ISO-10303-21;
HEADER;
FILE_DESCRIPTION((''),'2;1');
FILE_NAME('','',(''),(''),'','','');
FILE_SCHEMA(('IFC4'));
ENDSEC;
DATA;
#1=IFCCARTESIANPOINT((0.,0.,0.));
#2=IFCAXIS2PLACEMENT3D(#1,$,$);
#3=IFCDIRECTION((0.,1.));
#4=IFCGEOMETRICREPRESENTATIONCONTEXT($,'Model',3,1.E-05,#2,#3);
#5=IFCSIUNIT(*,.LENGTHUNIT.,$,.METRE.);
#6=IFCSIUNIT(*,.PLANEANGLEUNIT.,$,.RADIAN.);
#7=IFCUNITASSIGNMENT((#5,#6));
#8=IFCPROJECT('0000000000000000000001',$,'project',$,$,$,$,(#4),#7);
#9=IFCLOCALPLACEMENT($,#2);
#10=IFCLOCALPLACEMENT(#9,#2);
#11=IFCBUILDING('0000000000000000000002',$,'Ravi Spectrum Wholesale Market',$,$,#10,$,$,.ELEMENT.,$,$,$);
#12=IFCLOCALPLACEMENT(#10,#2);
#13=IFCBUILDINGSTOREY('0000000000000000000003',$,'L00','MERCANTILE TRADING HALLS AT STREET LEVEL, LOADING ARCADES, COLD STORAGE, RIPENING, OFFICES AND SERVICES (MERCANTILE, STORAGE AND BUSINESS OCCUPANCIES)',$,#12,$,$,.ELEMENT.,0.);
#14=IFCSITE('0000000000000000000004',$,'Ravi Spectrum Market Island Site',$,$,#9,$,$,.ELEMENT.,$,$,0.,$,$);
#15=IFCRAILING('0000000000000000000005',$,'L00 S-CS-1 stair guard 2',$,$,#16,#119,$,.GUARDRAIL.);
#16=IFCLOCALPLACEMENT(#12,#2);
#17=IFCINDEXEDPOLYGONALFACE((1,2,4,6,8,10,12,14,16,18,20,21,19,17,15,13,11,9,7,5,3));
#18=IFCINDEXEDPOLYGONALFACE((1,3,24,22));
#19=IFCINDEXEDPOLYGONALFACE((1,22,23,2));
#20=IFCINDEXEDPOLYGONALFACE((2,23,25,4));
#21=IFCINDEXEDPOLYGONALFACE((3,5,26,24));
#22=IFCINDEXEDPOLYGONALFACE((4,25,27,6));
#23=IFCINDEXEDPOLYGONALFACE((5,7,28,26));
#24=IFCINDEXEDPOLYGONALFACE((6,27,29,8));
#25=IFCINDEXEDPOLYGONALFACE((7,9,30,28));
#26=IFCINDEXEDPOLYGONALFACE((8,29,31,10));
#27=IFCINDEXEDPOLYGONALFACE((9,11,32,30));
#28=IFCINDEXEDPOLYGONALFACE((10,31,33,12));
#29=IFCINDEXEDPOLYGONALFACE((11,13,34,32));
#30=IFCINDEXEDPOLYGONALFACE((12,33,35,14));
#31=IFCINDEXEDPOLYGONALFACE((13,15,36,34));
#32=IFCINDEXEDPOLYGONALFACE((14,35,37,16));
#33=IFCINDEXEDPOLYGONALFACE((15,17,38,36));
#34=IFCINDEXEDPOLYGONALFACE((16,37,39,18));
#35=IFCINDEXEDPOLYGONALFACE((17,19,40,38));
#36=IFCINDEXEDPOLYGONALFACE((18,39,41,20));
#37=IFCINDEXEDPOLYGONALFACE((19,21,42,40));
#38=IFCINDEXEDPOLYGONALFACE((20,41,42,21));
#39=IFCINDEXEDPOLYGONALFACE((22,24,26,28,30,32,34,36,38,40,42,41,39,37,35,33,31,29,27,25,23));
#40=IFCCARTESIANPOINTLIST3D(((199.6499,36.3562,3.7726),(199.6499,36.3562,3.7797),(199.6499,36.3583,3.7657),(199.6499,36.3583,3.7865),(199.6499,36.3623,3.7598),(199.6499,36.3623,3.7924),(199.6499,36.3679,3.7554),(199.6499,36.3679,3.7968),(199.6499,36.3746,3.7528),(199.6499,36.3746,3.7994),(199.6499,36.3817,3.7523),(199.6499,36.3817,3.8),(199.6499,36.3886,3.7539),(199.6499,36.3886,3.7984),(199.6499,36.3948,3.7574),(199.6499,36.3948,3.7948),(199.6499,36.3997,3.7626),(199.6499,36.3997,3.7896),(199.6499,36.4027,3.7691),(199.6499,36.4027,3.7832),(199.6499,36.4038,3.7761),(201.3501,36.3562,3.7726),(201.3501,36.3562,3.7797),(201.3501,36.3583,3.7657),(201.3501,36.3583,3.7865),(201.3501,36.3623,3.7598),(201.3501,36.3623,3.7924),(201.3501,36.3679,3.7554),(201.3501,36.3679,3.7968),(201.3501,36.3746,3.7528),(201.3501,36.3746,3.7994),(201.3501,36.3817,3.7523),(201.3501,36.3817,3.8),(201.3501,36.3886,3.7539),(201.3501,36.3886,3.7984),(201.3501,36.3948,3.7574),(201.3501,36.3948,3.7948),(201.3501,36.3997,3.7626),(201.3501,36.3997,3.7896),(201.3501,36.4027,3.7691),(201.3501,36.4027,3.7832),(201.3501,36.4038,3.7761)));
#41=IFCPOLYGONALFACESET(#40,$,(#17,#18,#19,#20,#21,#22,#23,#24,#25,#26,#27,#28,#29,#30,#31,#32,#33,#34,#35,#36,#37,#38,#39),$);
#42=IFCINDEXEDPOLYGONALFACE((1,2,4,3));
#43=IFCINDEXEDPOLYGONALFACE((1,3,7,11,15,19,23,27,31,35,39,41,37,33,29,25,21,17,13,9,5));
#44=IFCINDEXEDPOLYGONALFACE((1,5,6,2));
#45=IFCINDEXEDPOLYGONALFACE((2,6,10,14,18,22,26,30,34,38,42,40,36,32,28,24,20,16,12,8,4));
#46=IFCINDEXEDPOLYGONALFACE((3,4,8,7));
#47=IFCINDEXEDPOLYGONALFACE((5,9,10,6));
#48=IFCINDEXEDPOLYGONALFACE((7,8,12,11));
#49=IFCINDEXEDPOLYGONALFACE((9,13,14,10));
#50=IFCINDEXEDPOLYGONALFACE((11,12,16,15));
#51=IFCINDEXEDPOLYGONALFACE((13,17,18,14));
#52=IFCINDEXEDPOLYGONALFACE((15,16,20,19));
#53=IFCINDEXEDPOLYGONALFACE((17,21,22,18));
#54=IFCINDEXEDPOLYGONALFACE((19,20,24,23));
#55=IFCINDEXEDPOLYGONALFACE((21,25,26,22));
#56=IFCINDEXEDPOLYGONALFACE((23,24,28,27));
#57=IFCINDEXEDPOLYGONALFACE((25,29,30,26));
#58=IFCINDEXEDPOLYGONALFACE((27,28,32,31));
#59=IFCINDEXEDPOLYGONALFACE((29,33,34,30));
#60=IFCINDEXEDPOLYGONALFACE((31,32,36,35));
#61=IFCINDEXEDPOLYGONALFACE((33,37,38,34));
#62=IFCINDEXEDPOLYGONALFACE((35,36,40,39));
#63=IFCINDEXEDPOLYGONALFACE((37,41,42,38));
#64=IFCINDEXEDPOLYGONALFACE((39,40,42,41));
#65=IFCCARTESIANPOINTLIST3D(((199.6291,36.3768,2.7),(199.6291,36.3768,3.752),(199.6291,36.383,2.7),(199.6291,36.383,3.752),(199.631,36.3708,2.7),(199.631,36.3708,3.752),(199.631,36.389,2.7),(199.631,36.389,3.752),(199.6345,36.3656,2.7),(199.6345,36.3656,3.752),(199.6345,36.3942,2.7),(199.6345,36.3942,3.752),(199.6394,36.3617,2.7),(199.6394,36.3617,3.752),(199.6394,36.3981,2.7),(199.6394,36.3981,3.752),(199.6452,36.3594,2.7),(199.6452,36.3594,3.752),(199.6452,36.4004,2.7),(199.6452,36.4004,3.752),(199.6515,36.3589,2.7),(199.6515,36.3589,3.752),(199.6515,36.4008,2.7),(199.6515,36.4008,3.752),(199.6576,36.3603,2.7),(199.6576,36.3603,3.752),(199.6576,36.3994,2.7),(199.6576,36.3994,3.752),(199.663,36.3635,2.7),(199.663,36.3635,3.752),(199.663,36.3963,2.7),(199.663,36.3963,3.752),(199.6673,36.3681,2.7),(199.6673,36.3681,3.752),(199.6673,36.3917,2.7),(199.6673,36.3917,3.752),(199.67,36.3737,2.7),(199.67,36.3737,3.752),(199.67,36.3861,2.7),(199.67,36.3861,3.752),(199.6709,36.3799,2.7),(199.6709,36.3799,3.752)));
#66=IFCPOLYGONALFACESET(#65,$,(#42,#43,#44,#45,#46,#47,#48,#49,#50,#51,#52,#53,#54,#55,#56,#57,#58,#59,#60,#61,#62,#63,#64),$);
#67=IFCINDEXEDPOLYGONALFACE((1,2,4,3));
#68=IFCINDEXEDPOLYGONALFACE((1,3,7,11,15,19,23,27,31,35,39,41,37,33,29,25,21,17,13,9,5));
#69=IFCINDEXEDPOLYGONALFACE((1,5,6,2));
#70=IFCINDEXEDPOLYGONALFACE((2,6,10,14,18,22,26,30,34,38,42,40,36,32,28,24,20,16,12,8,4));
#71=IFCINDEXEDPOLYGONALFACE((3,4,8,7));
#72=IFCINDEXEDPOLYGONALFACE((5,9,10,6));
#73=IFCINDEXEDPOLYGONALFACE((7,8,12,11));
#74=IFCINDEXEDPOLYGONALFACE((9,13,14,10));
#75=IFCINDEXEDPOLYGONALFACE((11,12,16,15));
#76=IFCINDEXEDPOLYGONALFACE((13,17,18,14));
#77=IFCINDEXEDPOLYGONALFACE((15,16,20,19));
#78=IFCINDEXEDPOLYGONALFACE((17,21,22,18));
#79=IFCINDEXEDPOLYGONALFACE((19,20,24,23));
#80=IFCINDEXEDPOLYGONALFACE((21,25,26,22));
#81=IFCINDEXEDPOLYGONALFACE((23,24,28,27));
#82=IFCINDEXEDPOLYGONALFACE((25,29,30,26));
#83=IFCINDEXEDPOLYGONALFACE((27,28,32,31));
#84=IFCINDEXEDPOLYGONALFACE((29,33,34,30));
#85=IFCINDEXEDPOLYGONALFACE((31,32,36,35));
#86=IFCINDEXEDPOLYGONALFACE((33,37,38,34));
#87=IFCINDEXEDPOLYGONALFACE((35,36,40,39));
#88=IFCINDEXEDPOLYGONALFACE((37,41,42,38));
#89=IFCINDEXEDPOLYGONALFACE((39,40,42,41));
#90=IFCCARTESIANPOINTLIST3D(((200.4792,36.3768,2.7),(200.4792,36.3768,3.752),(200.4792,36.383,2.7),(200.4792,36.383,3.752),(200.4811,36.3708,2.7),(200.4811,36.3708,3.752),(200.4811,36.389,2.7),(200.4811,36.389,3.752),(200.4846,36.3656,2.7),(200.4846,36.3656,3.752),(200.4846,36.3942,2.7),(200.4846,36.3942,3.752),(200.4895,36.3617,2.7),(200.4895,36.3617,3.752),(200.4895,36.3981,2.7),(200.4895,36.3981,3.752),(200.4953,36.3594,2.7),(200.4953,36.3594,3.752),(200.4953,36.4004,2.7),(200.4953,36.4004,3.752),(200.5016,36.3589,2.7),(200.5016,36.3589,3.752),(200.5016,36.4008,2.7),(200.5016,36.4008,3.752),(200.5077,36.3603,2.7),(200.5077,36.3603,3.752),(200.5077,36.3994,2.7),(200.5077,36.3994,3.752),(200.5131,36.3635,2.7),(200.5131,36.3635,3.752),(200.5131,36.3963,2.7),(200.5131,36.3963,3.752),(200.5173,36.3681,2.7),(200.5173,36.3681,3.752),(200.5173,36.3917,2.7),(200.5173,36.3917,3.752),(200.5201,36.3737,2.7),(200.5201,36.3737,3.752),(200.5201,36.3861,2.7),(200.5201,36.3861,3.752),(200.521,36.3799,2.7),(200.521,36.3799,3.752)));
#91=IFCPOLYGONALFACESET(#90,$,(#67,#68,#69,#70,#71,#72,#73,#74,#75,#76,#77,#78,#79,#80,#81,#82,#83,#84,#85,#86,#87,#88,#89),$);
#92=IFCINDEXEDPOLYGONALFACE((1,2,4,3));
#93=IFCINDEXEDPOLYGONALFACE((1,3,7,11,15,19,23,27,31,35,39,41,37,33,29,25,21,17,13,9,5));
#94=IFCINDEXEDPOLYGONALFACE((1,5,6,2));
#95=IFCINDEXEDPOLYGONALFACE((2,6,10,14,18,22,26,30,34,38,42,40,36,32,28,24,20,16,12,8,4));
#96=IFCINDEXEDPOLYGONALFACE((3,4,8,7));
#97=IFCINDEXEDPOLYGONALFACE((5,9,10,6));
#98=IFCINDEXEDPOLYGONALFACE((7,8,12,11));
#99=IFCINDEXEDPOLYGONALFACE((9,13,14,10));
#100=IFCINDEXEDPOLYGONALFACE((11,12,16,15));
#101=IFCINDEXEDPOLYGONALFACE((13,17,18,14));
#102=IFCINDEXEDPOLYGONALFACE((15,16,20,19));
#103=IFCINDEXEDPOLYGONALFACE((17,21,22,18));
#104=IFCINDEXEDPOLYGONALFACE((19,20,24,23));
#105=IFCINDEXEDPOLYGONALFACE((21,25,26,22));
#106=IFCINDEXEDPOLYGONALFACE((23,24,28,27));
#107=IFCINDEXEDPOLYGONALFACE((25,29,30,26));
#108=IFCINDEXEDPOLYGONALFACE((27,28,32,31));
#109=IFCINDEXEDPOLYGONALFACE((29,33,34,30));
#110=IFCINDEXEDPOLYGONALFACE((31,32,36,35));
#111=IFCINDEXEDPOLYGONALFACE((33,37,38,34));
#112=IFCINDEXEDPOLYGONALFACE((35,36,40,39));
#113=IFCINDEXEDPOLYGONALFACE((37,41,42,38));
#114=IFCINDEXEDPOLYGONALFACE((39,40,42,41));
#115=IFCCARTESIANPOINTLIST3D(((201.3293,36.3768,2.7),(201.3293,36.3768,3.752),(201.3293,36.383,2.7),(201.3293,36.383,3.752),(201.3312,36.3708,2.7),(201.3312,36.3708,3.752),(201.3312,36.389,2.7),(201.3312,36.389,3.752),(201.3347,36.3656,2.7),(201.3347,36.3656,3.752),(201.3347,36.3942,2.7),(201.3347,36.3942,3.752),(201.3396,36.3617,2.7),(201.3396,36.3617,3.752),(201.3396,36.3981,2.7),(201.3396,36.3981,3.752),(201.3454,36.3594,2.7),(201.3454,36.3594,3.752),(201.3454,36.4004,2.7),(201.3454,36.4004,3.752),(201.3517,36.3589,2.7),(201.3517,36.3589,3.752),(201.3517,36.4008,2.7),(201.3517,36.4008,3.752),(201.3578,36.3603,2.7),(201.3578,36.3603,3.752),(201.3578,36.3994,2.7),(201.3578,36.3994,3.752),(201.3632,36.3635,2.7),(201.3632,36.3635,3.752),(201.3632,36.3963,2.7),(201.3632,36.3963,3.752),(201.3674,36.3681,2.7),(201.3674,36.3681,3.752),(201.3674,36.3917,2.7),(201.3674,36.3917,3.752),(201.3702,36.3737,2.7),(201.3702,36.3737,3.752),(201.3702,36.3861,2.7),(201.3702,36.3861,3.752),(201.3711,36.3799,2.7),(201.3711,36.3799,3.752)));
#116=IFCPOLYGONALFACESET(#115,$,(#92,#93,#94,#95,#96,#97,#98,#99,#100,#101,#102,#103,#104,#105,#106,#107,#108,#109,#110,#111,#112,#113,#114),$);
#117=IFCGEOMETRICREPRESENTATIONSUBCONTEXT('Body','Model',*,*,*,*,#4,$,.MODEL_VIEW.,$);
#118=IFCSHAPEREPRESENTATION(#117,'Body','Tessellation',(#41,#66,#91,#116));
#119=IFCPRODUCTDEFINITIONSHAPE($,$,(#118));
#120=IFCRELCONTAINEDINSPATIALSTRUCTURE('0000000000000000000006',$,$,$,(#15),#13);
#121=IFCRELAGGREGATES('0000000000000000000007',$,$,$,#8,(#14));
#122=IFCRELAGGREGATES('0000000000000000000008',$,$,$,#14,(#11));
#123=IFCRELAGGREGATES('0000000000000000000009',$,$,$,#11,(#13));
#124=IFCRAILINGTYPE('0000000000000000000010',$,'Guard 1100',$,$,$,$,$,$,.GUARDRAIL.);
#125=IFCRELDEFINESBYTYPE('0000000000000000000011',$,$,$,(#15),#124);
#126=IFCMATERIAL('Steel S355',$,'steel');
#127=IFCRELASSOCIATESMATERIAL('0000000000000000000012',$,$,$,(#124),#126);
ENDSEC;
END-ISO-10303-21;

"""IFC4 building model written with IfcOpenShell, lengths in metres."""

from ifc_helpers import new_model, si_unit, direction, frame, origin, origin_2d, place, context, subcontext, project, spatial, circle, extrude, material, type_object, element, save


model = new_model("IFC4")

# Units and contexts
model_context = context("Model", 3, precision=1e-05, world=origin(), true_north=direction((0.0, 1.0)))
body_context = subcontext(model_context, "Body", "Model", "MODEL_VIEW")
ifc_project = project(units=[si_unit("LENGTHUNIT", "METRE"), si_unit("PLANEANGLEUNIT", "RADIAN")], contexts=[model_context])

# Site, building, storey
site_placement = place(None, origin())
site = spatial("IfcSite", under=ifc_project, at=site_placement, Name="Ravi Spectrum Market Island Site", CompositionType="ELEMENT", RefElevation=0.0)
building_placement = place(site_placement, origin())
building = spatial("IfcBuilding", under=site, at=building_placement, Name="Ravi Spectrum Wholesale Market", CompositionType="ELEMENT")
storey_placement = place(building_placement, origin())
storey = spatial("IfcBuildingStorey", under=building, at=storey_placement, Name="L00", Description="MERCANTILE TRADING HALLS AT STREET LEVEL, LOADING ARCADES, COLD STORAGE, RIPENING, OFFICES AND SERVICES (MERCANTILE, STORAGE AND BUSINESS OCCUPANCIES)", CompositionType="ELEMENT", Elevation=0.0)

# Railing
ifc_material_1 = material(Name="Steel S355", Category="steel")
railing_type_1 = type_object("IfcRailingType", Name="Guard 1100", PredefinedType="GUARDRAIL", material=ifc_material_1)
railing_1_placement = place(storey_placement, frame((199.6499, 36.3799, 2.7)))
element("IfcRailing", 1, at=railing_1_placement, inside=storey, type_object=railing_type_1, Name="L00 S-CS-1 stair guard 2", PredefinedType="GUARDRAIL", context=body_context, shape_type="SweptSolid", body=[
    extrude(circle(Radius=0.0239, at=origin_2d()), frame((0.0, 0.0, 1.0762), z_axis=(1.0, 0.0, 0.0), x_axis=(0.0, 1.0, 0.0)), (0.0, 0.0, 1.0), 1.7002),
    extrude(circle(Radius=0.021, at=origin_2d()), origin(), (0.0, 0.0, 1.0), 1.052),
    extrude(circle(Radius=0.021, at=origin_2d()), frame((0.8501, 0.0, 0.0)), (0.0, 0.0, 1.0), 1.052),
    extrude(circle(Radius=0.021, at=origin_2d()), frame((1.7002, 0.0, 0.0)), (0.0, 0.0, 1.0), 1.052),
])

save(model, "model.ifc")
